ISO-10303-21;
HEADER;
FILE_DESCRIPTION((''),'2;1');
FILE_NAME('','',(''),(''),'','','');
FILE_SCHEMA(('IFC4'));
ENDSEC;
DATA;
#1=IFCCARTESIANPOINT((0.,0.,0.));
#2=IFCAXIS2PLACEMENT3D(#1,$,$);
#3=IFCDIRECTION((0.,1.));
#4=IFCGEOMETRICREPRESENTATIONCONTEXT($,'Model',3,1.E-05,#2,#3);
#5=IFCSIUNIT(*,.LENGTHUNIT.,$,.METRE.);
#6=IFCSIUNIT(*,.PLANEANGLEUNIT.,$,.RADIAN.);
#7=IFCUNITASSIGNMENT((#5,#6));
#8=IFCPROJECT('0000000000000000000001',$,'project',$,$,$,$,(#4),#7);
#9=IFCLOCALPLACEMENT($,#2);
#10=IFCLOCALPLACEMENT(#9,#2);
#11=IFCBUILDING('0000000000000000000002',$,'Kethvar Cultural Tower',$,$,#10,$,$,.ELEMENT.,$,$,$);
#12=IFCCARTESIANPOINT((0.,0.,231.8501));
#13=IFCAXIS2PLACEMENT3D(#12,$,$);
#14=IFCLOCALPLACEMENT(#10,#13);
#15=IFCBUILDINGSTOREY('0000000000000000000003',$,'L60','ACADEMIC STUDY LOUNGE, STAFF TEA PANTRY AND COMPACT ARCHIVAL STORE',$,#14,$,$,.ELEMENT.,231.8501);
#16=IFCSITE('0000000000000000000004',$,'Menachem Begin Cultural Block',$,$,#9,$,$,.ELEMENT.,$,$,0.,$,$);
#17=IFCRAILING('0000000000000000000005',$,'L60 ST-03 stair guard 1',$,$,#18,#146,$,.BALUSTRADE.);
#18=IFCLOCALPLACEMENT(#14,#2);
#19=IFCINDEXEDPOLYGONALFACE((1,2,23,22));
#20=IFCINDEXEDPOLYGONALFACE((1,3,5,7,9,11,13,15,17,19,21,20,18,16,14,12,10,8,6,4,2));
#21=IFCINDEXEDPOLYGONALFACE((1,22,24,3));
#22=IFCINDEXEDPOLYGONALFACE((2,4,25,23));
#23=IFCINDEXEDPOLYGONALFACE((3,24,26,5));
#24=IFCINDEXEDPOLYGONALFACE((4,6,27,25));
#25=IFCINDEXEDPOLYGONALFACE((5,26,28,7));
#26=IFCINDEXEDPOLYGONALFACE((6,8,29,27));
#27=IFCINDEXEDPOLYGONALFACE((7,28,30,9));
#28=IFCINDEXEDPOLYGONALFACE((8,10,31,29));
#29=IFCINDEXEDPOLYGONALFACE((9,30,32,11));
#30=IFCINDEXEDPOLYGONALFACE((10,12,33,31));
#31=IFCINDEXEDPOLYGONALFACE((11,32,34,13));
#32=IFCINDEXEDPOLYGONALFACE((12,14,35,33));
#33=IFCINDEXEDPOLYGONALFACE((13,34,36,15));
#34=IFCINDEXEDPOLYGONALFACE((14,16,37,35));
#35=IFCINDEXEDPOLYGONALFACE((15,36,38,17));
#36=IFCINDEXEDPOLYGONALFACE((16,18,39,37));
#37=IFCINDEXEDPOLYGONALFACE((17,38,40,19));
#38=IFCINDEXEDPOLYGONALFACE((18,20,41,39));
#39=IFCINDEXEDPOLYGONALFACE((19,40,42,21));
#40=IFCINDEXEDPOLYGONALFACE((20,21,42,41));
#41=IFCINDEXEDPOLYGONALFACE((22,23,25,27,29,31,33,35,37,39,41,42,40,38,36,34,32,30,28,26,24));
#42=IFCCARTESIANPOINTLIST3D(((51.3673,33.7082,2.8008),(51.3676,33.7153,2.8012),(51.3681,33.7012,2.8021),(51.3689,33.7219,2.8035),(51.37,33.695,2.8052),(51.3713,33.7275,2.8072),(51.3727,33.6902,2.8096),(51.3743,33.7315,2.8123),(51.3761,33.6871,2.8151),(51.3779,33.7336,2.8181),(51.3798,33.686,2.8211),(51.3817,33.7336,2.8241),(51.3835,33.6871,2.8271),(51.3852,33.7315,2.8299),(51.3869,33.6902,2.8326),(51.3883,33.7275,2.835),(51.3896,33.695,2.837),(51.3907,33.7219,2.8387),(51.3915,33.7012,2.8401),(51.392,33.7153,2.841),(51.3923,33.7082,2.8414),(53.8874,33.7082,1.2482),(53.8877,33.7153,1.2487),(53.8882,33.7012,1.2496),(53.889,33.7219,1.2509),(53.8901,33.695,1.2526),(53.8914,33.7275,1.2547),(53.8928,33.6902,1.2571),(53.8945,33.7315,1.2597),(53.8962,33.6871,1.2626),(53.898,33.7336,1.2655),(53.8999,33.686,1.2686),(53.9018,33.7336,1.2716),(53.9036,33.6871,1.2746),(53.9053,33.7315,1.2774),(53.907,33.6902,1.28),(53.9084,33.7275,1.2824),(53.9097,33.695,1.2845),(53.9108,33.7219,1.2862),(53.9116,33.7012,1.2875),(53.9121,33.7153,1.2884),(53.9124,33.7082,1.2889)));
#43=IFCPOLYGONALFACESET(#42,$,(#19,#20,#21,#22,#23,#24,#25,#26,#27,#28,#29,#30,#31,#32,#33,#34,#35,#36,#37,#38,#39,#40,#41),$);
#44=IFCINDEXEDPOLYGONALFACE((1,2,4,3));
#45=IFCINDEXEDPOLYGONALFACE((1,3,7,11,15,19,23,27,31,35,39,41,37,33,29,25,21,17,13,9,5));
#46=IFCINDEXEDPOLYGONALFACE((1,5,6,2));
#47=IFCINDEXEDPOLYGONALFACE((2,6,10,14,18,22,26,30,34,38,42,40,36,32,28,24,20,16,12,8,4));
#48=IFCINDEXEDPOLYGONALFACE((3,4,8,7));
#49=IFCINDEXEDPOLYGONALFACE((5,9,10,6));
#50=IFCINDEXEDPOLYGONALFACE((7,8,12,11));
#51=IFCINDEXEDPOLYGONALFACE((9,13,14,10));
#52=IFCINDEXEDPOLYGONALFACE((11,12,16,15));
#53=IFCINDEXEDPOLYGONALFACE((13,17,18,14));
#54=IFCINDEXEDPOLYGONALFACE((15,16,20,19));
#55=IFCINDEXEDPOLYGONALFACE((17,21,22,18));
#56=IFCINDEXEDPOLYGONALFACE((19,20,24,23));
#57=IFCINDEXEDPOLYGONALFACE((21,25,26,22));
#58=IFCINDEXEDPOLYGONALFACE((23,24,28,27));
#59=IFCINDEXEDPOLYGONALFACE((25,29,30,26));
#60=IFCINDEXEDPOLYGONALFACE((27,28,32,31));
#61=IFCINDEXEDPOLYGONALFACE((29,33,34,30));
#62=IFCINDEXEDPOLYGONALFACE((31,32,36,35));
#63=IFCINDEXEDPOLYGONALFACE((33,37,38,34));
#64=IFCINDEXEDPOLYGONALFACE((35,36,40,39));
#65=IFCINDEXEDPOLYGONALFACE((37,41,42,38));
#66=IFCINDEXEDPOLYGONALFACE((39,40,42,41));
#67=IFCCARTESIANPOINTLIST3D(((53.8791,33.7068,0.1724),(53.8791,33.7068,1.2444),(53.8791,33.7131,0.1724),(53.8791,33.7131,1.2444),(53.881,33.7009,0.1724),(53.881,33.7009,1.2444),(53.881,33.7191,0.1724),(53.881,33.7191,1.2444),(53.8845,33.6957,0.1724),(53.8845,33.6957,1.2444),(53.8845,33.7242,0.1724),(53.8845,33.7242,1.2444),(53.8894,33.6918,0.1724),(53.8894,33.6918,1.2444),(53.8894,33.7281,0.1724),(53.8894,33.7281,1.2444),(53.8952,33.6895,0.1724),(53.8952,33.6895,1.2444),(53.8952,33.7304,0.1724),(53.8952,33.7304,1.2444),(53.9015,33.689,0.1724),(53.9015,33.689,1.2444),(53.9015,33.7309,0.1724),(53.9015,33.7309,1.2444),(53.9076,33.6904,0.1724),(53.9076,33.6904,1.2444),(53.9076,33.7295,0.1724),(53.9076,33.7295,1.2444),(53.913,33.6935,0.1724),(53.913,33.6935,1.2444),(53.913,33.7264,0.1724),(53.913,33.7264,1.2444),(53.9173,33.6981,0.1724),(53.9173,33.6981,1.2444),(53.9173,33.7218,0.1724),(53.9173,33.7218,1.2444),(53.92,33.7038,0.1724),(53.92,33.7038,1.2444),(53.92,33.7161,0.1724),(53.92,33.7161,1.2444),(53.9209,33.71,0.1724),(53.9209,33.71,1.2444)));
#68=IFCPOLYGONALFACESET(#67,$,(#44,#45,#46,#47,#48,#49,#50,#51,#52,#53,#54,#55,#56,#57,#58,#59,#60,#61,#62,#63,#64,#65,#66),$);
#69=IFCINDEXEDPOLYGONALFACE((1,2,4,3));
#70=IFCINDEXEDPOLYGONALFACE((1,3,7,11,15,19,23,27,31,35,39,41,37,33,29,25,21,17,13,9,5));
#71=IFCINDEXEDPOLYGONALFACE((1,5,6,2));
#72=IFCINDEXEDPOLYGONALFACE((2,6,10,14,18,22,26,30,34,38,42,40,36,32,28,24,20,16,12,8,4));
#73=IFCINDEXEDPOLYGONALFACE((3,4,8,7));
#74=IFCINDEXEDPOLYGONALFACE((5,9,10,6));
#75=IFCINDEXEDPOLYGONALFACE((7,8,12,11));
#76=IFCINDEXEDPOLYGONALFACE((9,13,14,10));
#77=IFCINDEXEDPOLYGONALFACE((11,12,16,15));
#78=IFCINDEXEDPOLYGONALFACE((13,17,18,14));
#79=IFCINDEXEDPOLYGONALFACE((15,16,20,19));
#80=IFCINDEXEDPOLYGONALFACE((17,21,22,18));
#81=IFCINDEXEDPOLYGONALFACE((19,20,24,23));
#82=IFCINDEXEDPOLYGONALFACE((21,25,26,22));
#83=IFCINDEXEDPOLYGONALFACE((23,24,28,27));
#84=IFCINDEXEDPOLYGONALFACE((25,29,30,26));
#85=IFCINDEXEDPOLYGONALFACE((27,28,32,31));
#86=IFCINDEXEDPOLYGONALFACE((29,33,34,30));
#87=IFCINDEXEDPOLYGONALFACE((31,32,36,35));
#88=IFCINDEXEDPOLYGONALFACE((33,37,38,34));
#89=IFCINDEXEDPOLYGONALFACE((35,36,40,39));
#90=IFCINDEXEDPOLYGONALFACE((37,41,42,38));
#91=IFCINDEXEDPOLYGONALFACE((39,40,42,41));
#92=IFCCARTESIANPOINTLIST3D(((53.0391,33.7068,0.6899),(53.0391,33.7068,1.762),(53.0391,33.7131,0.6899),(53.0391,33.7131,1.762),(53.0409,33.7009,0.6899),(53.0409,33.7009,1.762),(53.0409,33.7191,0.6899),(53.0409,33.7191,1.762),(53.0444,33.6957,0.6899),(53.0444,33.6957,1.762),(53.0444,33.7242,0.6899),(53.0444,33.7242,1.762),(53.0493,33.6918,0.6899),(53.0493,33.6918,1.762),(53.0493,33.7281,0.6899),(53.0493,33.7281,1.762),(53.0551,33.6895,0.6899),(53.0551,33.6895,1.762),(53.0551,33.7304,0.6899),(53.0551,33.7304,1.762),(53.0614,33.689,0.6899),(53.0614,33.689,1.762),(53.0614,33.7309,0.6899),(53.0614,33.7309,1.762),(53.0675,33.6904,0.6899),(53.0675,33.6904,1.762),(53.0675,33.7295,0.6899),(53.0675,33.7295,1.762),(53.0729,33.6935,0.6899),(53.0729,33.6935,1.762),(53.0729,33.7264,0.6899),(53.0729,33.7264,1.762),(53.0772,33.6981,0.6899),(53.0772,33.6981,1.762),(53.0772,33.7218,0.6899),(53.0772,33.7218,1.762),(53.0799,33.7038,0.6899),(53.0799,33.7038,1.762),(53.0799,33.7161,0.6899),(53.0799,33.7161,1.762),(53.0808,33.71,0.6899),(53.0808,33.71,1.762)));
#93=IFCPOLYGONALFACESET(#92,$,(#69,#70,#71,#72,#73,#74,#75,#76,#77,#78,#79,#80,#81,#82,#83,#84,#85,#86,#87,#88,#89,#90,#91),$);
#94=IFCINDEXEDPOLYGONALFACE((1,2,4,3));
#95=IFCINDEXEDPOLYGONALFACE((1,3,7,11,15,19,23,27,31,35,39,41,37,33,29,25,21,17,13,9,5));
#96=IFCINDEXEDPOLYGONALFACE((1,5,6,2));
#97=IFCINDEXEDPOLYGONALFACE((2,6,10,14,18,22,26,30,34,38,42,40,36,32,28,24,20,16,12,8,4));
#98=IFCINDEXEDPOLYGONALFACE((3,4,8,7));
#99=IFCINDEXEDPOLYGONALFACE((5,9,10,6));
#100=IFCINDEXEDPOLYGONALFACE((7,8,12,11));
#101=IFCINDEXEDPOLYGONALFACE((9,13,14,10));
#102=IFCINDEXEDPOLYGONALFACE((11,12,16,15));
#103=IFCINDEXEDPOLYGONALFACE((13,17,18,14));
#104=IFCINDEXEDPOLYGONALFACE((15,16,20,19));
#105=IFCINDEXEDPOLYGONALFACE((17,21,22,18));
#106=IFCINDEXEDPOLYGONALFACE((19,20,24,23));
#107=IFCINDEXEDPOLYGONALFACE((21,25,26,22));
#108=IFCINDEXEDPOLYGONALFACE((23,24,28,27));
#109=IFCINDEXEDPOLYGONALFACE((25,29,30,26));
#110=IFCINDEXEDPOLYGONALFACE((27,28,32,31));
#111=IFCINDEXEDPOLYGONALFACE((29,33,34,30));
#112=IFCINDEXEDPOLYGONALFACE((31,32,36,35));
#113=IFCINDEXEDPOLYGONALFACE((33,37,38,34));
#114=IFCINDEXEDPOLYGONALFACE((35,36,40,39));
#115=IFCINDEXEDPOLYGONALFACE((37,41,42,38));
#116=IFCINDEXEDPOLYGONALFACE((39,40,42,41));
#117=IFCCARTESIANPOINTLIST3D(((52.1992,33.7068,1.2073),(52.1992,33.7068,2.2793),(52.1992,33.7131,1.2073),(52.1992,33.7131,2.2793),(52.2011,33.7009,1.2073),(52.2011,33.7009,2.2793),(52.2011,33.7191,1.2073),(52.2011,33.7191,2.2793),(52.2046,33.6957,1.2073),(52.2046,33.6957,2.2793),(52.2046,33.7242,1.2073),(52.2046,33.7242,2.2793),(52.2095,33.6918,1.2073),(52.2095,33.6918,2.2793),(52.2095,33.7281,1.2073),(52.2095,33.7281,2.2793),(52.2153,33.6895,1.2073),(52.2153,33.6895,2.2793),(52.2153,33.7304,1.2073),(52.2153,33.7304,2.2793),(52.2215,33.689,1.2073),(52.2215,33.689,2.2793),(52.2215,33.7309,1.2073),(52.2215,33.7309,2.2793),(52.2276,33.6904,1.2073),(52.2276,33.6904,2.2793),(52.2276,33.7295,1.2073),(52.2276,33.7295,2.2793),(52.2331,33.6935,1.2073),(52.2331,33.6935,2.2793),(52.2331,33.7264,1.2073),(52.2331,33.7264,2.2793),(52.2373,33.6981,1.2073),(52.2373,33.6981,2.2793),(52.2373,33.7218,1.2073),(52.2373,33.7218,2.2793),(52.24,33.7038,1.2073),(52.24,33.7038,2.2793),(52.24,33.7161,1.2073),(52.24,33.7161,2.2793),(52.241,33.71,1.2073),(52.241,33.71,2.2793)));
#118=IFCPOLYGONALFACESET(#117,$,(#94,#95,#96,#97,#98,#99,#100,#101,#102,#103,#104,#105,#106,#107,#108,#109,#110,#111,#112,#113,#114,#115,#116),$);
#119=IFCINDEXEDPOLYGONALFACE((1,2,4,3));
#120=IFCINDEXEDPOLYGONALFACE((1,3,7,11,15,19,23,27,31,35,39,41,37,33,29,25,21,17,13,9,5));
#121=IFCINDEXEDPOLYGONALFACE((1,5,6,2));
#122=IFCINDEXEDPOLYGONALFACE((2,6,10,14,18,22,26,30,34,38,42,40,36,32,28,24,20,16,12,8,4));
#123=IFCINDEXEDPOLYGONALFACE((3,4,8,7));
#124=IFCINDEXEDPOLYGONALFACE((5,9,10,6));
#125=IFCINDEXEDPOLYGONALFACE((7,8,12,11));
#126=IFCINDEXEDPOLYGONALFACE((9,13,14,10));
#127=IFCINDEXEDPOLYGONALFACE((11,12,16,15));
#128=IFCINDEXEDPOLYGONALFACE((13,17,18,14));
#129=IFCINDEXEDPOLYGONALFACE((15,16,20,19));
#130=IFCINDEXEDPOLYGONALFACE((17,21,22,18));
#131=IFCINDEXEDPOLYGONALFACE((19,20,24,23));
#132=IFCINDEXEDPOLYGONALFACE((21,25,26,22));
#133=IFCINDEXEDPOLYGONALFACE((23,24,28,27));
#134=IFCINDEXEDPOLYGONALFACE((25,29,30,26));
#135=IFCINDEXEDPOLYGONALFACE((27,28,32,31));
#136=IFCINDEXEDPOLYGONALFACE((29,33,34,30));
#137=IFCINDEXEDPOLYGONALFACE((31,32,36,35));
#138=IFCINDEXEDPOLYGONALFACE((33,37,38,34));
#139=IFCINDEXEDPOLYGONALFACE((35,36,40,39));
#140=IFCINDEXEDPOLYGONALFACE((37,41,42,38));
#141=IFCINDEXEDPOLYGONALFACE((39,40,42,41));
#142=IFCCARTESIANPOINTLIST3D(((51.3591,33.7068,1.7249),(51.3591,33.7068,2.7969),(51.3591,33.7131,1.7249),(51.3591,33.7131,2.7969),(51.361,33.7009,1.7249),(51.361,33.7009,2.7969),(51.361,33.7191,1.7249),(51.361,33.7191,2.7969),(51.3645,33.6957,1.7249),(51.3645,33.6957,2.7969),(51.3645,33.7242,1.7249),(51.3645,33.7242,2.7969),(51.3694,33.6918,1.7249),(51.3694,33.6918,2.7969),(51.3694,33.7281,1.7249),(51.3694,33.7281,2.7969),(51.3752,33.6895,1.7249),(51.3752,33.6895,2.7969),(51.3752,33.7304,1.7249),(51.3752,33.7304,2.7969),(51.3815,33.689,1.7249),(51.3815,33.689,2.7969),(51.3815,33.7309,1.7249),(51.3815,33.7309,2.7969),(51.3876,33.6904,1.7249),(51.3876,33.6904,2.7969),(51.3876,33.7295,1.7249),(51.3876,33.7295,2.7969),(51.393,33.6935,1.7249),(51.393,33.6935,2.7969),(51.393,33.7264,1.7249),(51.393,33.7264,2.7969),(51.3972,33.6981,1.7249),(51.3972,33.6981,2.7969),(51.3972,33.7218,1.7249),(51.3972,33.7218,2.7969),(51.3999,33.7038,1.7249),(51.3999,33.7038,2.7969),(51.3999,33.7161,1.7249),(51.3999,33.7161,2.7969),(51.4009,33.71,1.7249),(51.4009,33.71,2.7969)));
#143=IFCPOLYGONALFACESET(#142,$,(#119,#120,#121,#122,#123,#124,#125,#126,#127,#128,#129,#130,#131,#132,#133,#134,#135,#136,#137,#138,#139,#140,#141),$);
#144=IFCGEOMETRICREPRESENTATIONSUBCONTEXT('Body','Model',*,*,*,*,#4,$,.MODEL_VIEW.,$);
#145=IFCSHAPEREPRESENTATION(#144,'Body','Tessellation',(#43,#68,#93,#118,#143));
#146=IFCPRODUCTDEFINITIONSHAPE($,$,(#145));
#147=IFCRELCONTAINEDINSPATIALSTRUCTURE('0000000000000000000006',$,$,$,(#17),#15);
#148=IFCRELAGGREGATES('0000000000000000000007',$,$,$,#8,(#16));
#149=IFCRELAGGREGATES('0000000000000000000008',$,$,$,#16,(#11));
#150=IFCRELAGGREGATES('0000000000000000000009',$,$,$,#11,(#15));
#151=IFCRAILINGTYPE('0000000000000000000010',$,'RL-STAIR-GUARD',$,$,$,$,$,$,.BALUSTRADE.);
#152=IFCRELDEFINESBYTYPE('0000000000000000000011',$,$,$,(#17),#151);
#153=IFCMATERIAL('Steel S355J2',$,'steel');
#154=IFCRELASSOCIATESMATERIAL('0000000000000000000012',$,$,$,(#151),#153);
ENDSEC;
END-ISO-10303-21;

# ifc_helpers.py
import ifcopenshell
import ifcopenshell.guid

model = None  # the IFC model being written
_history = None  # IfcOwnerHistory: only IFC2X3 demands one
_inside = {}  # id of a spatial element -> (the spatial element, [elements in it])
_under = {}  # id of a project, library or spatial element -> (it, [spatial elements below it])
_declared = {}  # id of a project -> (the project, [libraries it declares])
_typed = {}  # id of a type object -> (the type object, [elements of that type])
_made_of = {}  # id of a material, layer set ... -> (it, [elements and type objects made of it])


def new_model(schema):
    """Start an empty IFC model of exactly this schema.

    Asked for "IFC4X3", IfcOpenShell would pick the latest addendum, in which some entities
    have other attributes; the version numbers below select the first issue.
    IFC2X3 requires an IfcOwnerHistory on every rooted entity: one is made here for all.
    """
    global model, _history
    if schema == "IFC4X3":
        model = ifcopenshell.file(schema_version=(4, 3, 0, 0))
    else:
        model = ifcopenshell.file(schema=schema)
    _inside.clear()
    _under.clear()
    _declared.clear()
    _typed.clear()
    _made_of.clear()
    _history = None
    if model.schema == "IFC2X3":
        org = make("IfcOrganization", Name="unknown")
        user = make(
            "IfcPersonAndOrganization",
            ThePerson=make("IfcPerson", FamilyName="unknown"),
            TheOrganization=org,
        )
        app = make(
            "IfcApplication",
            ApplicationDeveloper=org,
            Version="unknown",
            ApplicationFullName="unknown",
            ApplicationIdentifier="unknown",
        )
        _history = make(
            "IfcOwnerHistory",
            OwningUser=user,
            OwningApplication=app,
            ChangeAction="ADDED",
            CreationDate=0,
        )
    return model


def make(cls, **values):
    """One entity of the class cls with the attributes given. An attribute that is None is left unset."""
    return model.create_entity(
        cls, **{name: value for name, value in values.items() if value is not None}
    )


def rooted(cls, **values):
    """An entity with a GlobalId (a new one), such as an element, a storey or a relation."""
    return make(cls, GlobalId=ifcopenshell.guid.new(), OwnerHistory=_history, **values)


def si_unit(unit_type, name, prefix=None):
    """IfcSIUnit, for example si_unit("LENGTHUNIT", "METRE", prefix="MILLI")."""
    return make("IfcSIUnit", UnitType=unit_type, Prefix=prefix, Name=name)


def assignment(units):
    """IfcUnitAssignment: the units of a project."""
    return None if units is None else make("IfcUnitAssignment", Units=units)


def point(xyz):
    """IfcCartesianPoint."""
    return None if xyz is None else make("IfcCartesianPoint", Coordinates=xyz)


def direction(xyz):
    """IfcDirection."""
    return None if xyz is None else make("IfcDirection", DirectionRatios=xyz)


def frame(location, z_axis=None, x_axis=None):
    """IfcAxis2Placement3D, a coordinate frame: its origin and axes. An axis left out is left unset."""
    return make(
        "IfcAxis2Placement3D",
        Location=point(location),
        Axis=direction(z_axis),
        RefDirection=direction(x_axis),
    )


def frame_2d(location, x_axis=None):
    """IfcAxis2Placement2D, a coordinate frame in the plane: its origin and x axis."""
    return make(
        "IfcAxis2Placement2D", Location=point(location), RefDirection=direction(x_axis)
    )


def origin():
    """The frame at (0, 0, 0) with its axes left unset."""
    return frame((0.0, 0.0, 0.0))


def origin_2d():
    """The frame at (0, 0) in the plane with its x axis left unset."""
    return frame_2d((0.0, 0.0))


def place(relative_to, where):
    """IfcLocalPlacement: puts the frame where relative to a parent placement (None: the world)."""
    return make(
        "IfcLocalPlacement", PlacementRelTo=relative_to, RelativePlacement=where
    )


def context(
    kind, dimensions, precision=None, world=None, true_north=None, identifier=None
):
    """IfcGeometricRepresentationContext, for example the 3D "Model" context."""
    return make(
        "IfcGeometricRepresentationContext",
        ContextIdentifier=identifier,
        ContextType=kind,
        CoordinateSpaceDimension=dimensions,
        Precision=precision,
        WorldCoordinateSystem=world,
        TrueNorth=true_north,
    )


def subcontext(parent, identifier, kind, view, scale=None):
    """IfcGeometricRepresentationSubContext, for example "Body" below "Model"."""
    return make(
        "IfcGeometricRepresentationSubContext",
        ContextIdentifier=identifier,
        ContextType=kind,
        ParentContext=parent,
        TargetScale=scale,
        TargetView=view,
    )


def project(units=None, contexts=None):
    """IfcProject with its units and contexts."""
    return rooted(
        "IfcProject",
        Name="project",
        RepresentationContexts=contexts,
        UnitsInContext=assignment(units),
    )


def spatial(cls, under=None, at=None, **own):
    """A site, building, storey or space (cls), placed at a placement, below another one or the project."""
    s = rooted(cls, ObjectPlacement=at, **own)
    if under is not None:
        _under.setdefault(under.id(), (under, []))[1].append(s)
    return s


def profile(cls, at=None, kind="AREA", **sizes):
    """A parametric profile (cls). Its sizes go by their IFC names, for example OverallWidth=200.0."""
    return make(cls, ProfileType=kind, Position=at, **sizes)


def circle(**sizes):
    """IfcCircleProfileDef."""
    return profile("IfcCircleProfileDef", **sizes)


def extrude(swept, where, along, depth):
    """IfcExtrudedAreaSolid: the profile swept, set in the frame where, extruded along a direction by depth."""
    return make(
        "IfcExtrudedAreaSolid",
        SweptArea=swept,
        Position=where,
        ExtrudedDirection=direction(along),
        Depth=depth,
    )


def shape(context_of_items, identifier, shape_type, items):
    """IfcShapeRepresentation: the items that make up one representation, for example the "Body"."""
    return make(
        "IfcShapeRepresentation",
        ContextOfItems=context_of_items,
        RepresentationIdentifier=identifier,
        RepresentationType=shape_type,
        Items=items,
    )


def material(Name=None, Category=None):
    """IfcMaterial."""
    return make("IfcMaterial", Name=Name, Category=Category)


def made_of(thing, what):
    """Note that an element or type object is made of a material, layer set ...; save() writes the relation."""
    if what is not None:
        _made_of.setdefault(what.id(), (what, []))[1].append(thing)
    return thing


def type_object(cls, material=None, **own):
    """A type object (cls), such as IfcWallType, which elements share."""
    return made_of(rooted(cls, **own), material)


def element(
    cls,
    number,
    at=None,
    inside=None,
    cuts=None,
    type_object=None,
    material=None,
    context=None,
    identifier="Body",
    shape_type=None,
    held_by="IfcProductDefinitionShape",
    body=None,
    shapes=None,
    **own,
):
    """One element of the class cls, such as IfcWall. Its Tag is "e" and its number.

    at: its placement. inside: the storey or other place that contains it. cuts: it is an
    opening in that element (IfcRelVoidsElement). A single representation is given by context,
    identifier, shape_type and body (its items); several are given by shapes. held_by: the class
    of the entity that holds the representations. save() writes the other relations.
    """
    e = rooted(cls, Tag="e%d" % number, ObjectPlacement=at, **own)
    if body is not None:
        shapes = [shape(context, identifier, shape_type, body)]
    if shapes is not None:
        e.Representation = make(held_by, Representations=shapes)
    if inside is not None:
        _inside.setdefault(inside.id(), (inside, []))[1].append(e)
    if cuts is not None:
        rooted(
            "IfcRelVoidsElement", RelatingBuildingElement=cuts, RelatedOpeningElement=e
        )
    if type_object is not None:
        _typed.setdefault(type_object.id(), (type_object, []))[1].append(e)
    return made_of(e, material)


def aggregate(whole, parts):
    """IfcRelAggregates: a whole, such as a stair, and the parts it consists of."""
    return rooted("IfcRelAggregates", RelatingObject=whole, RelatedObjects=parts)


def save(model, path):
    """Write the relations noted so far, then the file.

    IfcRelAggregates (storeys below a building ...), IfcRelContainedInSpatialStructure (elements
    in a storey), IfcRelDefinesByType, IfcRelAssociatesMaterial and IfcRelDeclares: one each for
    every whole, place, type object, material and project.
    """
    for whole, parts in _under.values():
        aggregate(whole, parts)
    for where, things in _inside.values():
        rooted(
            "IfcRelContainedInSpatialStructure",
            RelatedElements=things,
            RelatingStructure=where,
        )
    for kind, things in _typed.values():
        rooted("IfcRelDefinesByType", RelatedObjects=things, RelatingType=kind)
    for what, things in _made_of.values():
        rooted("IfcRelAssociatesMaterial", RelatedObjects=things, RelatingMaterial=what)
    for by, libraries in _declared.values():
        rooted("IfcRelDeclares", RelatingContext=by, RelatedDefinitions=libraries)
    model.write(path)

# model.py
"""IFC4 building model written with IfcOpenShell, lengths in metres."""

from ifc_helpers import new_model, si_unit, direction, frame, origin, origin_2d, place, context, subcontext, project, spatial, circle, extrude, material, type_object, element, save


model = new_model("IFC4")

# Units and contexts
model_context = context("Model", 3, precision=1e-05, world=origin(), true_north=direction((0.0, 1.0)))
body_context = subcontext(model_context, "Body", "Model", "MODEL_VIEW")
ifc_project = project(units=[si_unit("LENGTHUNIT", "METRE"), si_unit("PLANEANGLEUNIT", "RADIAN")], contexts=[model_context])

# Site, building, storey
site_placement = place(None, origin())
site = spatial("IfcSite", under=ifc_project, at=site_placement, Name="Menachem Begin Cultural Block", CompositionType="ELEMENT", RefElevation=0.0)
building_placement = place(site_placement, origin())
building = spatial("IfcBuilding", under=site, at=building_placement, Name="Kethvar Cultural Tower", CompositionType="ELEMENT")
storey_placement = place(building_placement, frame((0.0, 0.0, 231.8501)))
storey = spatial("IfcBuildingStorey", under=building, at=storey_placement, Name="L60", Description="ACADEMIC STUDY LOUNGE, STAFF TEA PANTRY AND COMPACT ARCHIVAL STORE", CompositionType="ELEMENT", Elevation=231.8501)

# Shared definitions
ifc_material_1 = material(Name="Steel S355J2", Category="steel")

# Railing
railing_type_1 = type_object("IfcRailingType", Name="RL-STAIR-GUARD", PredefinedType="BALUSTRADE", material=ifc_material_1)
railing_1_placement = place(storey_placement, frame((53.8999, 33.71, 0.1724)))
element("IfcRailing", 1, at=railing_1_placement, inside=storey, type_object=railing_type_1, Name="L60 ST-03 stair guard 1", PredefinedType="BALUSTRADE", context=body_context, shape_type="SweptSolid", body=[
    extrude(circle(Radius=0.0239, at=origin_2d()), frame((0.0, 0.0, 1.0962), z_axis=(-0.8514, 0.0, 0.524516), x_axis=(0.0, -1.0, 0.0)), (0.0, 0.0, 1.0), 2.96),
    extrude(circle(Radius=0.021, at=origin_2d()), origin(), (0.0, 0.0, 1.0), 1.072),
    extrude(circle(Radius=0.021, at=origin_2d()), frame((-0.8401, 0.0, 0.5176)), (0.0, 0.0, 1.0), 1.072),
    extrude(circle(Radius=0.021, at=origin_2d()), frame((-1.6799, 0.0, 1.0349)), (0.0, 0.0, 1.0), 1.072),
    extrude(circle(Radius=0.021, at=origin_2d()), frame((-2.52, 0.0, 1.5525)), (0.0, 0.0, 1.0), 1.072),
])

save(model, "model.ifc")
